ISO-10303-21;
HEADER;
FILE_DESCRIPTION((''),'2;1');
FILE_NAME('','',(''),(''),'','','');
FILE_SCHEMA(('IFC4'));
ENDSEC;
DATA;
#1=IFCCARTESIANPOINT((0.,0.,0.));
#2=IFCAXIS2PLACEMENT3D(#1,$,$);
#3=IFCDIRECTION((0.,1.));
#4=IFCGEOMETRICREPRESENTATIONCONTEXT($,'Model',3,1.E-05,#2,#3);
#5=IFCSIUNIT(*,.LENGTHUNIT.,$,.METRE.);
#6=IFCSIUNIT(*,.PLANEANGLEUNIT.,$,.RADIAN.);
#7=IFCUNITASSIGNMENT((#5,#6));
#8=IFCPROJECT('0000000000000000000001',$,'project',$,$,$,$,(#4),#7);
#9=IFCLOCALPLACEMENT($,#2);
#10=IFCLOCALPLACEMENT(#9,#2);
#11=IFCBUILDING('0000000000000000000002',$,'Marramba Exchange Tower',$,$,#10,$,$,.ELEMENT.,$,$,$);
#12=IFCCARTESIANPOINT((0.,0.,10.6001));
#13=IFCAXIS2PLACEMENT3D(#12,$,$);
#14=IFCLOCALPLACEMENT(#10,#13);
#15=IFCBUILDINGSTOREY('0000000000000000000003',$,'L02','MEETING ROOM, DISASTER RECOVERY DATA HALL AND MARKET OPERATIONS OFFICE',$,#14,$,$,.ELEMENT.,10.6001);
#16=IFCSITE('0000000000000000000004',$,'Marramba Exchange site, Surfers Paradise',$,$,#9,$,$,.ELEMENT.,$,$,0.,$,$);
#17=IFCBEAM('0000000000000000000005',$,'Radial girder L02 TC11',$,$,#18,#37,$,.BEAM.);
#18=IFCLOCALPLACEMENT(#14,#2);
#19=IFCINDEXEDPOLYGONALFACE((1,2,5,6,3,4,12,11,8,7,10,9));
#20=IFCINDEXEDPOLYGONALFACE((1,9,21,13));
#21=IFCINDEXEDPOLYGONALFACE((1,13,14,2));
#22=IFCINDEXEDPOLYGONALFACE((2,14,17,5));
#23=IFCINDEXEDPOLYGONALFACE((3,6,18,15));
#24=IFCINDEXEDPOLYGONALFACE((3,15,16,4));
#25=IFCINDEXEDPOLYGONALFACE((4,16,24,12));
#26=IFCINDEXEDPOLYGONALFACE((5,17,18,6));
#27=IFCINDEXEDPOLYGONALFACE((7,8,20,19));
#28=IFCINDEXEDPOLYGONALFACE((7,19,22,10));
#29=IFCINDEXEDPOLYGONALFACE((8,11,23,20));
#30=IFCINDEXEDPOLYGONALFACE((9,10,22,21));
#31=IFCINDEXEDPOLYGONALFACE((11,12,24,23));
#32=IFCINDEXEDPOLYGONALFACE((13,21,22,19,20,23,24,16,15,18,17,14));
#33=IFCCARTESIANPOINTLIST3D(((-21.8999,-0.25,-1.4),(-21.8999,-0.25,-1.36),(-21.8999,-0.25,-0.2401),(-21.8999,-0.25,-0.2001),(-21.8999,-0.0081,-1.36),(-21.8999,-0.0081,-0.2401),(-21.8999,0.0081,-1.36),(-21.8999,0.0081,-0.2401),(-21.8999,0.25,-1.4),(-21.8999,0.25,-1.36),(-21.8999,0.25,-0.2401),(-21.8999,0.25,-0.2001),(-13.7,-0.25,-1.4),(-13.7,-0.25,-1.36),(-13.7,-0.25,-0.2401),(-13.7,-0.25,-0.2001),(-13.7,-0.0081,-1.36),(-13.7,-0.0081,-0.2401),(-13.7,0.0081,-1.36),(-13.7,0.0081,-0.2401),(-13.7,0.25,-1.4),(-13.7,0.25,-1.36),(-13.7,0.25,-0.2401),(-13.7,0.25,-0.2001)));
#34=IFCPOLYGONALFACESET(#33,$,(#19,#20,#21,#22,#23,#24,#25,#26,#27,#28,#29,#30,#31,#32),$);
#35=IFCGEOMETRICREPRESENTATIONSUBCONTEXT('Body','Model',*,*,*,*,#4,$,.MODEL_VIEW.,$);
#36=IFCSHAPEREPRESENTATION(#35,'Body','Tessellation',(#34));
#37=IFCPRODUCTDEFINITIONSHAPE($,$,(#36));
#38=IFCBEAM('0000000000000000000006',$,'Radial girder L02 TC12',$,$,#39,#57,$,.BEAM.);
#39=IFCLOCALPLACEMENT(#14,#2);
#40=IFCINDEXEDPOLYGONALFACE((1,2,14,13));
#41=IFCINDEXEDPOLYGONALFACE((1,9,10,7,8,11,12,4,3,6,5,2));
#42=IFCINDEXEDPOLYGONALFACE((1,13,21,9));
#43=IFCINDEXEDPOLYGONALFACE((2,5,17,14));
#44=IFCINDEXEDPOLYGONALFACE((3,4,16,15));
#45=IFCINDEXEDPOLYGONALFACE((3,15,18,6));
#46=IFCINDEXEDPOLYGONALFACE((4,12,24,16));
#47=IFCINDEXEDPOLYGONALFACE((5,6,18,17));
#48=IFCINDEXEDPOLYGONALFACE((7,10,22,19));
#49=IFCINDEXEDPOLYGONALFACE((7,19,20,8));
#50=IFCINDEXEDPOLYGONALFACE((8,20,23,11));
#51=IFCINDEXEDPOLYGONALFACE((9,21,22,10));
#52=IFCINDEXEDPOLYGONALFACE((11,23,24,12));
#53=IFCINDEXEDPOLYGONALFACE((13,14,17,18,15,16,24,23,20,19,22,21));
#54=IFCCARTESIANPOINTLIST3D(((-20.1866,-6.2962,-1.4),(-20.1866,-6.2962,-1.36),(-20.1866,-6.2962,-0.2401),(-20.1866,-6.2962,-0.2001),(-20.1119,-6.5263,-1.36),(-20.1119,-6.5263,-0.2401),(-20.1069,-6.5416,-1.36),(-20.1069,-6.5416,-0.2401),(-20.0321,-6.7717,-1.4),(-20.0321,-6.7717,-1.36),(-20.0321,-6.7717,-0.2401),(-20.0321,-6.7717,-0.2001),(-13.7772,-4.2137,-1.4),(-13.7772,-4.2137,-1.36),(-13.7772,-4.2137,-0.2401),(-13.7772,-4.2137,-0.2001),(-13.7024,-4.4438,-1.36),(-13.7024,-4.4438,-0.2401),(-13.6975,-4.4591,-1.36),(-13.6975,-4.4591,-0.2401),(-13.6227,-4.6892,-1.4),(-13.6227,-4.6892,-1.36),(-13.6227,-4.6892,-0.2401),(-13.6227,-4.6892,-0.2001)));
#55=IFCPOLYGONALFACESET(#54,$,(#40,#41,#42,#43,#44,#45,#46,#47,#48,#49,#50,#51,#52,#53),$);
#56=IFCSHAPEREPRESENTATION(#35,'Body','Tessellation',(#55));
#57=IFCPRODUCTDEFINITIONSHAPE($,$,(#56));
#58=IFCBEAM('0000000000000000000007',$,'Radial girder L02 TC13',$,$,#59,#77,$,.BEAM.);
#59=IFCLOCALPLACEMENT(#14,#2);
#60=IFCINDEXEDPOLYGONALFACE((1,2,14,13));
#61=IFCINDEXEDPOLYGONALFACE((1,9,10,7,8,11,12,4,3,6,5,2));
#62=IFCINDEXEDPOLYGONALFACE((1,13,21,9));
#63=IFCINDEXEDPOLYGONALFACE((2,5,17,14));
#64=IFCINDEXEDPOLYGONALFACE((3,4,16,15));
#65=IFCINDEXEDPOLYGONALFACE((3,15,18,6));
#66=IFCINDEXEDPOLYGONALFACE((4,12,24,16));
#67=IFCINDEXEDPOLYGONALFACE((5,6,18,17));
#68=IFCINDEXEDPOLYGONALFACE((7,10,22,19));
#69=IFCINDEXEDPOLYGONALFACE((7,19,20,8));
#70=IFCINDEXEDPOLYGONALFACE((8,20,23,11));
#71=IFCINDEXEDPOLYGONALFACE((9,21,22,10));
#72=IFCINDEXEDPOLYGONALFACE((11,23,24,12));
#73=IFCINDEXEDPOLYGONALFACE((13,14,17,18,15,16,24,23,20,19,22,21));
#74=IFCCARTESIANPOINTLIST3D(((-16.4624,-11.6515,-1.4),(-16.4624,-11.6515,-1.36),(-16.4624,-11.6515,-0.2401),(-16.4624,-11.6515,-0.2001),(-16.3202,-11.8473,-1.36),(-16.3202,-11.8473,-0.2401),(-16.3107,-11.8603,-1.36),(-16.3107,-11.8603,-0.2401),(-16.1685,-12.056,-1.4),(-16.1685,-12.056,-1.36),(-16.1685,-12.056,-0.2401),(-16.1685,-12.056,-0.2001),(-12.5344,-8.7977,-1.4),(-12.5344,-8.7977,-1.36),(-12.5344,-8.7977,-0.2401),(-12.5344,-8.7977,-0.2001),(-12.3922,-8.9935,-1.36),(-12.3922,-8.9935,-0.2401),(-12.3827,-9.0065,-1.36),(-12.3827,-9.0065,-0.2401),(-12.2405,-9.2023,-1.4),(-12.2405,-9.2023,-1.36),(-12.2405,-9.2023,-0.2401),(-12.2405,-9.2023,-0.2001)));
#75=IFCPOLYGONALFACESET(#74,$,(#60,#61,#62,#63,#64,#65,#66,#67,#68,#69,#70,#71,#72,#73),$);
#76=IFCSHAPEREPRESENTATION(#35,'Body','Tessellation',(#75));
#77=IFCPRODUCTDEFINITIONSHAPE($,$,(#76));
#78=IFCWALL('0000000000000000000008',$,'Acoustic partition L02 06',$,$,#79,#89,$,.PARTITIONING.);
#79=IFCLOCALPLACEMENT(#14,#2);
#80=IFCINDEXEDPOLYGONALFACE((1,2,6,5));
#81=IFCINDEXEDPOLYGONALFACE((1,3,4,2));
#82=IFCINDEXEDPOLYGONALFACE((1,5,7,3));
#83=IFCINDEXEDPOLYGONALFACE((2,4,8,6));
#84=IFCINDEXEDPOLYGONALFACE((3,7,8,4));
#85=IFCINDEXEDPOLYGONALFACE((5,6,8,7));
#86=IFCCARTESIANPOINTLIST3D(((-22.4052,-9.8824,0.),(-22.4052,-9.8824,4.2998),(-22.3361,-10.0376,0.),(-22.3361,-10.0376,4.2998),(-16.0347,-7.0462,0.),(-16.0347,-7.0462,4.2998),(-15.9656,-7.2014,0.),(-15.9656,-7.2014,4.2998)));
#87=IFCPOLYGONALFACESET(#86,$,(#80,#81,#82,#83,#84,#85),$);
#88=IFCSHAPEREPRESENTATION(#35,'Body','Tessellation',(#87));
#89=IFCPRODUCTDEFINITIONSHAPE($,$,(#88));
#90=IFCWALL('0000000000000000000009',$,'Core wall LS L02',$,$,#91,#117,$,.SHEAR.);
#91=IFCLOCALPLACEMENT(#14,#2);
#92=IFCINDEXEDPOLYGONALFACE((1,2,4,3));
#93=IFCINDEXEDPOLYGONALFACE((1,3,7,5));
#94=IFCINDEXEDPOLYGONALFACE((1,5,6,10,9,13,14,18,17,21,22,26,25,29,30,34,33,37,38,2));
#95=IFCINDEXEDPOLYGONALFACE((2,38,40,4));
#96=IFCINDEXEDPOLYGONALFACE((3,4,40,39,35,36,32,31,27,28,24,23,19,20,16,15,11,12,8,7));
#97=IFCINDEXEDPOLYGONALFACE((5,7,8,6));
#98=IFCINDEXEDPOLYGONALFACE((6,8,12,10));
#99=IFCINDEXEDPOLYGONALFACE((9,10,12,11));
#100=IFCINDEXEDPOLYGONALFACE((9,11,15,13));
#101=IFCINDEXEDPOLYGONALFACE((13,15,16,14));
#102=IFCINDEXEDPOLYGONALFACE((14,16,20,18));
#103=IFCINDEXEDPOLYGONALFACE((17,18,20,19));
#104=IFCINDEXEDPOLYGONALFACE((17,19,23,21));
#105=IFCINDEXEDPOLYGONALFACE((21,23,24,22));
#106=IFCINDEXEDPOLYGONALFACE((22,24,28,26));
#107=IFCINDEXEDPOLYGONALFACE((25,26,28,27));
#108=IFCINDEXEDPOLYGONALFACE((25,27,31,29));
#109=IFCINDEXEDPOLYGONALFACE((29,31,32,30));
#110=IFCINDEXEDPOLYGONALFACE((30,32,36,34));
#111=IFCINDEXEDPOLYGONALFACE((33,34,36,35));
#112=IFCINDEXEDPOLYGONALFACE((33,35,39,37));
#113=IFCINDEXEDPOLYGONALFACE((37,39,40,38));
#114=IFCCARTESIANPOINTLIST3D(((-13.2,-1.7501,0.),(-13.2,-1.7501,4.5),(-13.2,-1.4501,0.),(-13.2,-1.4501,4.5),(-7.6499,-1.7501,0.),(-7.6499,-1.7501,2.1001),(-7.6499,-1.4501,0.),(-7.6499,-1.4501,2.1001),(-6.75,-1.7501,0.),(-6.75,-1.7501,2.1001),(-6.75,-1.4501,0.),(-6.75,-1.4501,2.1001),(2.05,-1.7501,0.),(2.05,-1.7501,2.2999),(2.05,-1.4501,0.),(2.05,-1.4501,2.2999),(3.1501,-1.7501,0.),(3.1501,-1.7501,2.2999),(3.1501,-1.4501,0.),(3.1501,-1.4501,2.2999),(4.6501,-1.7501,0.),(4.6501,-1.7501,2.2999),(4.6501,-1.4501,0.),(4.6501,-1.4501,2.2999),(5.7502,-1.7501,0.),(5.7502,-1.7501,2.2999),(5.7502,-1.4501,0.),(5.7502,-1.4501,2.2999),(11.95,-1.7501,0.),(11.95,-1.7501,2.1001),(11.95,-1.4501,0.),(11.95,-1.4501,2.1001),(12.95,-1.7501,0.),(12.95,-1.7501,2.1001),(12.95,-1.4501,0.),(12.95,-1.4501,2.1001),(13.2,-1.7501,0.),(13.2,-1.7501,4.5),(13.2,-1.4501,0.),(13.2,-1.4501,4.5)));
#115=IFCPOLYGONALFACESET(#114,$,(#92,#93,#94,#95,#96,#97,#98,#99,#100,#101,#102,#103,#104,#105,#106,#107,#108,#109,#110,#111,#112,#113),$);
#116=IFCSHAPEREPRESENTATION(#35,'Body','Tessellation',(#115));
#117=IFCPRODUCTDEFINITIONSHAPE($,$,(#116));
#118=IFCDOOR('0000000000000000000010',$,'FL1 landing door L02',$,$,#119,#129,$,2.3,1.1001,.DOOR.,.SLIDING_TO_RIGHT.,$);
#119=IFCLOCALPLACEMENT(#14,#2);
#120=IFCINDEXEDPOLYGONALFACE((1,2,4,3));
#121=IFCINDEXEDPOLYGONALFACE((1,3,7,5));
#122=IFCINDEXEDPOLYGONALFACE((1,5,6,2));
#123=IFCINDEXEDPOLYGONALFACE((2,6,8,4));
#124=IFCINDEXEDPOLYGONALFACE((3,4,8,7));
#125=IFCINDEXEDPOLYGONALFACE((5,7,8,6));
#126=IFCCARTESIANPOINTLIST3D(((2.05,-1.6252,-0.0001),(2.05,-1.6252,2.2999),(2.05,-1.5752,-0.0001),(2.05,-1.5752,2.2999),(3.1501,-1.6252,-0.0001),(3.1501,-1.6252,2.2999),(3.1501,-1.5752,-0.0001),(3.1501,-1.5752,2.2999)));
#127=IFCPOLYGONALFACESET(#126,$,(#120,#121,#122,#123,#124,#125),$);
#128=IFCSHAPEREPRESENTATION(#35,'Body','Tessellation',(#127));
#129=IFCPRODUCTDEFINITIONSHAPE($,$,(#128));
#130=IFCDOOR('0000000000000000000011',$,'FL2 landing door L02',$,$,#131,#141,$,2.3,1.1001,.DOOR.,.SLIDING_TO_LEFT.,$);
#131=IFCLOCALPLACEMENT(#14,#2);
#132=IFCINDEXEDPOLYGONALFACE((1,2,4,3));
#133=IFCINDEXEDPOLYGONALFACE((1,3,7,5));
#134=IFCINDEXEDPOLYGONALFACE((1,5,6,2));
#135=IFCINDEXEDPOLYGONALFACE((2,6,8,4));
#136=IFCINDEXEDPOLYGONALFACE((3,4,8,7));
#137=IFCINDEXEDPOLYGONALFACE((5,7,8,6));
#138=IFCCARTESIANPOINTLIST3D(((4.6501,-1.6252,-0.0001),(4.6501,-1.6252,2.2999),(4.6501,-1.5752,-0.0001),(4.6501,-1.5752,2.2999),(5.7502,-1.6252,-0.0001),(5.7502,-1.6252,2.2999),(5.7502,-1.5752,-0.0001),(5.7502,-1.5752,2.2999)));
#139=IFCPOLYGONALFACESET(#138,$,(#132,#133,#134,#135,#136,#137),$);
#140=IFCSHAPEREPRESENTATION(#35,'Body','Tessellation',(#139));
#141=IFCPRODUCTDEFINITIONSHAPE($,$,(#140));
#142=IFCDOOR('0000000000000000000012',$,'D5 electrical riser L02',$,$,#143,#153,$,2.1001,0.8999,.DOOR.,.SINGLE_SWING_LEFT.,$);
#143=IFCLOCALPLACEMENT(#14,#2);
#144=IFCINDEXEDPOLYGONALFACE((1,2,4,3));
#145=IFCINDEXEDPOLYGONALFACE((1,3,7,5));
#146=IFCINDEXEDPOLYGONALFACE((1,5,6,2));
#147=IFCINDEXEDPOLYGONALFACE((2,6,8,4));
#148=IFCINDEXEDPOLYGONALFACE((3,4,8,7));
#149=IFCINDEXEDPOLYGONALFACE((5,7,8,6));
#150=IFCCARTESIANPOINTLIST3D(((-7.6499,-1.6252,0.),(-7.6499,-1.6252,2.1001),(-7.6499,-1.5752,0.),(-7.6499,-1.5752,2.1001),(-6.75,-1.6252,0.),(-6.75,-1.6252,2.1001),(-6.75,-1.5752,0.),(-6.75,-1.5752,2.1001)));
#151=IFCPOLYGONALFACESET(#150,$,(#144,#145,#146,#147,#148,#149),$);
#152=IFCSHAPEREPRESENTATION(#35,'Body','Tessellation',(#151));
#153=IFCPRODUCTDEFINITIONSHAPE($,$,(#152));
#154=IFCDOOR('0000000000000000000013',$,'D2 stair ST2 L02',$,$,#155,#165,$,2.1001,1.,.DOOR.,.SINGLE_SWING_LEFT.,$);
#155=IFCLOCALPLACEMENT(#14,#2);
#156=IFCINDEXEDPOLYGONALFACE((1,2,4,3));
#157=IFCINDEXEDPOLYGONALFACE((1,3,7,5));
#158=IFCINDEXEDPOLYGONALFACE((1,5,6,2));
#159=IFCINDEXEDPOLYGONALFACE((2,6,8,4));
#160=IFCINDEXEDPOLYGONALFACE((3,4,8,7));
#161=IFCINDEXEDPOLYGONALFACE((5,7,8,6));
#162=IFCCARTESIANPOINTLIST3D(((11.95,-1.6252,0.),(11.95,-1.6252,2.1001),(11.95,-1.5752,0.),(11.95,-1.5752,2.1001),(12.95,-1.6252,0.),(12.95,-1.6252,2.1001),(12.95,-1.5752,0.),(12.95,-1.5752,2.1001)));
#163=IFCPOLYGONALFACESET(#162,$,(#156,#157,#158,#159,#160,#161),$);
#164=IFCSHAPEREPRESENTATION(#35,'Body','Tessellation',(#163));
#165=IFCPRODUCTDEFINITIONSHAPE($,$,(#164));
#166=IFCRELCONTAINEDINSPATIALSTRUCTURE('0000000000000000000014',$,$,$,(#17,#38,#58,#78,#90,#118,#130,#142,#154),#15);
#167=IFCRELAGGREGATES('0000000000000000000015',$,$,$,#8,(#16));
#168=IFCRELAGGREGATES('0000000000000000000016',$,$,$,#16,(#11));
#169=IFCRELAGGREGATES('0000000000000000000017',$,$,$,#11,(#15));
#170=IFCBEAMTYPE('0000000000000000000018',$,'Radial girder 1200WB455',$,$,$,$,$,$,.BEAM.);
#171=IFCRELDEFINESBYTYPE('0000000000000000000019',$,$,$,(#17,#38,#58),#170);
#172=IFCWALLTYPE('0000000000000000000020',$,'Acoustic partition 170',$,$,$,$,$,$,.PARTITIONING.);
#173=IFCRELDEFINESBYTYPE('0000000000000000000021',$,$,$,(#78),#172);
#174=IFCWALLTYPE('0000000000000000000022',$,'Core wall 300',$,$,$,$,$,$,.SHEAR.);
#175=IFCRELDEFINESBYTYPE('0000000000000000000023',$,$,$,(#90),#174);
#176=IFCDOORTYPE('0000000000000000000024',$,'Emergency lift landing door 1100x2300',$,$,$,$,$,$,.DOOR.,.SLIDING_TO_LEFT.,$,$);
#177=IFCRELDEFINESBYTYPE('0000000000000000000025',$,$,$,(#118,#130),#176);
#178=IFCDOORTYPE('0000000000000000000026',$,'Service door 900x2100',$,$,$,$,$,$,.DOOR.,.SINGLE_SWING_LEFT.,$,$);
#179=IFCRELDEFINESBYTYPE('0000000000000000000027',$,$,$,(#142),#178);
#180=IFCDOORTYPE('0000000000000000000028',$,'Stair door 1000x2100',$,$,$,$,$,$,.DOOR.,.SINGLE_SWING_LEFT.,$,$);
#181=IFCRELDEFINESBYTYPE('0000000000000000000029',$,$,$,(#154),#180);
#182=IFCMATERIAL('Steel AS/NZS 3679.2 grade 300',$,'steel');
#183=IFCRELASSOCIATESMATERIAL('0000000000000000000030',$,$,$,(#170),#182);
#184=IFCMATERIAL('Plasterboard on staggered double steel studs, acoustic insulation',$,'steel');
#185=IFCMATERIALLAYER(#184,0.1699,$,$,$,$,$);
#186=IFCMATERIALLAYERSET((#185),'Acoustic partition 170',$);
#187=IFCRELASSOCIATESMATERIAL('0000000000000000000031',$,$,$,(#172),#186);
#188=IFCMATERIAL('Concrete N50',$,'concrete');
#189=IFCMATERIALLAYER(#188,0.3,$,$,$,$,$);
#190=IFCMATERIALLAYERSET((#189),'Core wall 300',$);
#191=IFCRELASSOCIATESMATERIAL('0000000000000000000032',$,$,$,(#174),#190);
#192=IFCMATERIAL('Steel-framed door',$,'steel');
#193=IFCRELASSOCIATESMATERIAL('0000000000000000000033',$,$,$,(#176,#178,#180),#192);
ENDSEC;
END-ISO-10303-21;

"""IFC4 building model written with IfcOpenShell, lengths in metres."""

from ifc_helpers import new_model, si_unit, direction, frame, frame_2d, origin, origin_2d, place, context, subcontext, project, spatial, rectangle, i_section, extrude, material, layer, layer_set, material_profile, profile_set, type_object, element, fill, save


model = new_model("IFC4")

# Units and contexts
model_context = context("Model", 3, precision=1e-05, world=origin(), true_north=direction((0.0, 1.0)))
body_context = subcontext(model_context, "Body", "Model", "MODEL_VIEW")
ifc_project = project(units=[si_unit("LENGTHUNIT", "METRE"), si_unit("PLANEANGLEUNIT", "RADIAN")], contexts=[model_context])

# Site, building, storey
site_placement = place(None, origin())
site = spatial("IfcSite", under=ifc_project, at=site_placement, Name="Marramba Exchange site, Surfers Paradise", CompositionType="ELEMENT", RefElevation=0.0)
building_placement = place(site_placement, origin())
building = spatial("IfcBuilding", under=site, at=building_placement, Name="Marramba Exchange Tower", CompositionType="ELEMENT")
storey_placement = place(building_placement, frame((0.0, 0.0, 10.6001)))
storey = spatial("IfcBuildingStorey", under=building, at=storey_placement, Name="L02", Description="MEETING ROOM, DISASTER RECOVERY DATA HALL AND MARKET OPERATIONS OFFICE", CompositionType="ELEMENT", Elevation=10.6001)

# Beams
ifc_material_1 = material(Name="Steel AS/NZS 3679.2 grade 300", Category="steel")
ifc_material_profile = material_profile(ifc_material_1, i_section(OverallWidth=0.5, OverallDepth=1.2, WebThickness=0.0161, FlangeThickness=0.04, at=origin_2d()), Name="1200WB455")
ifc_profile_set = profile_set([ifc_material_profile], Name="Steel AS/NZS 3679.2 grade 300")
beam_type = type_object("IfcBeamType", Name="Radial girder 1200WB455", PredefinedType="BEAM", material=ifc_profile_set)
beam_1_placement = place(storey_placement, frame((-13.7, 0.0, -0.8), z_axis=(-1.0, 0.0, 0.0), x_axis=(0.0, -1.0, 0.0)))
element("IfcBeam", 1, at=beam_1_placement, inside=storey, type_object=beam_type, Name="Radial girder L02 TC11", PredefinedType="BEAM", context=body_context, shape_type="SweptSolid", body=[
    extrude(i_section(OverallWidth=0.5, OverallDepth=1.2, WebThickness=0.0161, FlangeThickness=0.04, at=origin_2d()), origin(), (0.0, 0.0, 1.0), 8.2),
])
beam_2_placement = place(storey_placement, frame((-13.7, -4.4514, -0.8), z_axis=(-0.951058, -0.309013, 0.0), x_axis=(0.309013, -0.951058, 0.0)))
element("IfcBeam", 2, at=beam_2_placement, inside=storey, type_object=beam_type, Name="Radial girder L02 TC12", PredefinedType="BEAM", context=body_context, shape_type="SweptSolid", body=[
    extrude(i_section(OverallWidth=0.5, OverallDepth=1.2, WebThickness=0.0161, FlangeThickness=0.04, at=origin_2d()), origin(), (0.0, 0.0, 1.0), 6.7393),
])
beam_3_placement = place(storey_placement, frame((-12.3875, -9.0, -0.8), z_axis=(-0.809025, -0.587774, 0.0), x_axis=(0.587774, -0.809025, 0.0)))
element("IfcBeam", 3, at=beam_3_placement, inside=storey, type_object=beam_type, Name="Radial girder L02 TC13", PredefinedType="BEAM", context=body_context, shape_type="SweptSolid", body=[
    extrude(i_section(OverallWidth=0.5, OverallDepth=1.2, WebThickness=0.0161, FlangeThickness=0.04, at=origin_2d()), origin(), (0.0, 0.0, 1.0), 4.8552),
])

# Wall
ifc_material_2 = material(Name="Plasterboard on staggered double steel studs, acoustic insulation", Category="steel")
ifc_layer_1 = layer(ifc_material_2, 0.1699)
ifc_layer_set_1 = layer_set([ifc_layer_1], Name="Acoustic partition 170")
wall_type_1 = type_object("IfcWallType", Name="Acoustic partition 170", PredefinedType="PARTITIONING", material=ifc_layer_set_1)
wall_1_placement = place(storey_placement, frame((-16.0, -7.1238, 0.0), z_axis=(0.0, 0.0, 1.0), x_axis=(-0.913556, -0.406713, 0.0)))
element("IfcWall", 4, at=wall_1_placement, inside=storey, type_object=wall_type_1, Name="Acoustic partition L02 06", PredefinedType="PARTITIONING", context=body_context, shape_type="SweptSolid", body=[
    extrude(rectangle(XDim=6.9734, YDim=0.1699, at=frame_2d((3.4868, 0.0))), origin(), (0.0, 0.0, 1.0), 4.2998),
])

# Wall, openings, doors
ifc_material_3 = material(Name="Concrete N50", Category="concrete")
ifc_layer_2 = layer(ifc_material_3, 0.3)
ifc_layer_set_2 = layer_set([ifc_layer_2], Name="Core wall 300")
wall_type_2 = type_object("IfcWallType", Name="Core wall 300", PredefinedType="SHEAR", material=ifc_layer_set_2)
wall_2_placement = place(storey_placement, frame((-13.2, -1.6001, 0.0), z_axis=(0.0, 0.0, 1.0), x_axis=(1.0, 0.0, 0.0)))
wall_2 = element("IfcWall", 5, at=wall_2_placement, inside=storey, type_object=wall_type_2, Name="Core wall LS L02", PredefinedType="SHEAR", context=body_context, shape_type="SweptSolid", body=[
    extrude(rectangle(XDim=26.3999, YDim=0.3, at=frame_2d((13.2, 0.0))), origin(), (0.0, 0.0, 1.0), 4.5),
])
opening_1_placement = place(wall_2_placement, frame((25.1499, 0.0, 0.0)))
opening_1 = element("IfcOpeningElement", 6, at=opening_1_placement, cuts=wall_2, PredefinedType="OPENING", context=body_context, shape_type="SweptSolid", body=[
    extrude(rectangle(XDim=1.0, YDim=2.1001, at=frame_2d((0.5, 1.05))), frame((0.0, 0.1599, 0.0), z_axis=(0.0, -1.0, 0.0), x_axis=(1.0, 0.0, 0.0)), (0.0, 0.0, 1.0), 0.3201),
])
opening_2_placement = place(wall_2_placement, frame((15.25, 0.0, 0.0)))
opening_2 = element("IfcOpeningElement", 7, at=opening_2_placement, cuts=wall_2, PredefinedType="OPENING", context=body_context, shape_type="SweptSolid", body=[
    extrude(rectangle(XDim=1.1001, YDim=2.3, at=frame_2d((0.55, 1.1499))), frame((0.0, 0.1599, 0.0), z_axis=(0.0, -1.0, 0.0), x_axis=(1.0, 0.0, 0.0)), (0.0, 0.0, 1.0), 0.3201),
])
opening_3_placement = place(wall_2_placement, frame((17.8501, 0.0, 0.0)))
opening_3 = element("IfcOpeningElement", 8, at=opening_3_placement, cuts=wall_2, PredefinedType="OPENING", context=body_context, shape_type="SweptSolid", body=[
    extrude(rectangle(XDim=1.1001, YDim=2.3, at=frame_2d((0.55, 1.1499))), frame((0.0, 0.1599, 0.0), z_axis=(0.0, -1.0, 0.0), x_axis=(1.0, 0.0, 0.0)), (0.0, 0.0, 1.0), 0.3201),
])
opening_4_placement = place(wall_2_placement, frame((5.55, 0.0, 0.0)))
opening_4 = element("IfcOpeningElement", 9, at=opening_4_placement, cuts=wall_2, PredefinedType="OPENING", context=body_context, shape_type="SweptSolid", body=[
    extrude(rectangle(XDim=0.8999, YDim=2.1001, at=frame_2d((0.45, 1.05))), frame((0.0, 0.1599, 0.0), z_axis=(0.0, -1.0, 0.0), x_axis=(1.0, 0.0, 0.0)), (0.0, 0.0, 1.0), 0.3201),
])
ifc_material_4 = material(Name="Steel-framed door", Category="steel")
door_type_1 = type_object("IfcDoorType", Name="Emergency lift landing door 1100x2300", OperationType="SLIDING_TO_LEFT", PredefinedType="DOOR", material=ifc_material_4)
door_1_placement = place(opening_2_placement, frame((1.1001, 0.0, 0.0), z_axis=(0.0, 0.0, 1.0), x_axis=(-1.0, 0.0, 0.0)))
door_1 = element("IfcDoor", 10, at=door_1_placement, inside=storey, type_object=door_type_1, Name="FL1 landing door L02", OperationType="SLIDING_TO_RIGHT", OverallHeight=2.3, OverallWidth=1.1001, PredefinedType="DOOR", context=body_context, shape_type="SweptSolid", body=[
    extrude(rectangle(XDim=1.1001, YDim=2.3, at=frame_2d((0.55, 1.1499))), frame((0.0, 0.0251, 0.0), z_axis=(0.0, -1.0, 0.0), x_axis=(1.0, 0.0, 0.0)), (0.0, 0.0, 1.0), 0.05),
])
fill(opening_2, door_1)
door_2_placement = place(opening_3_placement, frame((1.1001, 0.0, 0.0), z_axis=(0.0, 0.0, 1.0), x_axis=(-1.0, 0.0, 0.0)))
door_2 = element("IfcDoor", 11, at=door_2_placement, inside=storey, type_object=door_type_1, Name="FL2 landing door L02", OperationType="SLIDING_TO_LEFT", OverallHeight=2.3, OverallWidth=1.1001, PredefinedType="DOOR", context=body_context, shape_type="SweptSolid", body=[
    extrude(rectangle(XDim=1.1001, YDim=2.3, at=frame_2d((0.55, 1.1499))), frame((0.0, 0.0251, 0.0), z_axis=(0.0, -1.0, 0.0), x_axis=(1.0, 0.0, 0.0)), (0.0, 0.0, 1.0), 0.05),
])
fill(opening_3, door_2)
door_type_2 = type_object("IfcDoorType", Name="Service door 900x2100", OperationType="SINGLE_SWING_LEFT", PredefinedType="DOOR", material=ifc_material_4)
door_3_placement = place(opening_4_placement, frame((0.8999, 0.0, 0.0), z_axis=(0.0, 0.0, 1.0), x_axis=(-1.0, 0.0, 0.0)))
door_3 = element("IfcDoor", 12, at=door_3_placement, inside=storey, type_object=door_type_2, Name="D5 electrical riser L02", OperationType="SINGLE_SWING_LEFT", OverallHeight=2.1001, OverallWidth=0.8999, PredefinedType="DOOR", context=body_context, shape_type="SweptSolid", body=[
    extrude(rectangle(XDim=0.8999, YDim=2.1001, at=frame_2d((0.45, 1.05))), frame((0.0, 0.0251, 0.0), z_axis=(0.0, -1.0, 0.0), x_axis=(1.0, 0.0, 0.0)), (0.0, 0.0, 1.0), 0.05),
])
fill(opening_4, door_3)
door_type_3 = type_object("IfcDoorType", Name="Stair door 1000x2100", OperationType="SINGLE_SWING_LEFT", PredefinedType="DOOR", material=ifc_material_4)
door_4_placement = place(opening_1_placement, frame((1.0, 0.0, 0.0), z_axis=(0.0, 0.0, 1.0), x_axis=(-1.0, 0.0, 0.0)))
door_4 = element("IfcDoor", 13, at=door_4_placement, inside=storey, type_object=door_type_3, Name="D2 stair ST2 L02", OperationType="SINGLE_SWING_LEFT", OverallHeight=2.1001, OverallWidth=1.0, PredefinedType="DOOR", context=body_context, shape_type="SweptSolid", body=[
    extrude(rectangle(XDim=1.0, YDim=2.1001, at=frame_2d((0.5, 1.05))), frame((0.0, 0.0251, 0.0), z_axis=(0.0, -1.0, 0.0), x_axis=(1.0, 0.0, 0.0)), (0.0, 0.0, 1.0), 0.05),
])
fill(opening_1, door_4)

save(model, "model.ifc")
